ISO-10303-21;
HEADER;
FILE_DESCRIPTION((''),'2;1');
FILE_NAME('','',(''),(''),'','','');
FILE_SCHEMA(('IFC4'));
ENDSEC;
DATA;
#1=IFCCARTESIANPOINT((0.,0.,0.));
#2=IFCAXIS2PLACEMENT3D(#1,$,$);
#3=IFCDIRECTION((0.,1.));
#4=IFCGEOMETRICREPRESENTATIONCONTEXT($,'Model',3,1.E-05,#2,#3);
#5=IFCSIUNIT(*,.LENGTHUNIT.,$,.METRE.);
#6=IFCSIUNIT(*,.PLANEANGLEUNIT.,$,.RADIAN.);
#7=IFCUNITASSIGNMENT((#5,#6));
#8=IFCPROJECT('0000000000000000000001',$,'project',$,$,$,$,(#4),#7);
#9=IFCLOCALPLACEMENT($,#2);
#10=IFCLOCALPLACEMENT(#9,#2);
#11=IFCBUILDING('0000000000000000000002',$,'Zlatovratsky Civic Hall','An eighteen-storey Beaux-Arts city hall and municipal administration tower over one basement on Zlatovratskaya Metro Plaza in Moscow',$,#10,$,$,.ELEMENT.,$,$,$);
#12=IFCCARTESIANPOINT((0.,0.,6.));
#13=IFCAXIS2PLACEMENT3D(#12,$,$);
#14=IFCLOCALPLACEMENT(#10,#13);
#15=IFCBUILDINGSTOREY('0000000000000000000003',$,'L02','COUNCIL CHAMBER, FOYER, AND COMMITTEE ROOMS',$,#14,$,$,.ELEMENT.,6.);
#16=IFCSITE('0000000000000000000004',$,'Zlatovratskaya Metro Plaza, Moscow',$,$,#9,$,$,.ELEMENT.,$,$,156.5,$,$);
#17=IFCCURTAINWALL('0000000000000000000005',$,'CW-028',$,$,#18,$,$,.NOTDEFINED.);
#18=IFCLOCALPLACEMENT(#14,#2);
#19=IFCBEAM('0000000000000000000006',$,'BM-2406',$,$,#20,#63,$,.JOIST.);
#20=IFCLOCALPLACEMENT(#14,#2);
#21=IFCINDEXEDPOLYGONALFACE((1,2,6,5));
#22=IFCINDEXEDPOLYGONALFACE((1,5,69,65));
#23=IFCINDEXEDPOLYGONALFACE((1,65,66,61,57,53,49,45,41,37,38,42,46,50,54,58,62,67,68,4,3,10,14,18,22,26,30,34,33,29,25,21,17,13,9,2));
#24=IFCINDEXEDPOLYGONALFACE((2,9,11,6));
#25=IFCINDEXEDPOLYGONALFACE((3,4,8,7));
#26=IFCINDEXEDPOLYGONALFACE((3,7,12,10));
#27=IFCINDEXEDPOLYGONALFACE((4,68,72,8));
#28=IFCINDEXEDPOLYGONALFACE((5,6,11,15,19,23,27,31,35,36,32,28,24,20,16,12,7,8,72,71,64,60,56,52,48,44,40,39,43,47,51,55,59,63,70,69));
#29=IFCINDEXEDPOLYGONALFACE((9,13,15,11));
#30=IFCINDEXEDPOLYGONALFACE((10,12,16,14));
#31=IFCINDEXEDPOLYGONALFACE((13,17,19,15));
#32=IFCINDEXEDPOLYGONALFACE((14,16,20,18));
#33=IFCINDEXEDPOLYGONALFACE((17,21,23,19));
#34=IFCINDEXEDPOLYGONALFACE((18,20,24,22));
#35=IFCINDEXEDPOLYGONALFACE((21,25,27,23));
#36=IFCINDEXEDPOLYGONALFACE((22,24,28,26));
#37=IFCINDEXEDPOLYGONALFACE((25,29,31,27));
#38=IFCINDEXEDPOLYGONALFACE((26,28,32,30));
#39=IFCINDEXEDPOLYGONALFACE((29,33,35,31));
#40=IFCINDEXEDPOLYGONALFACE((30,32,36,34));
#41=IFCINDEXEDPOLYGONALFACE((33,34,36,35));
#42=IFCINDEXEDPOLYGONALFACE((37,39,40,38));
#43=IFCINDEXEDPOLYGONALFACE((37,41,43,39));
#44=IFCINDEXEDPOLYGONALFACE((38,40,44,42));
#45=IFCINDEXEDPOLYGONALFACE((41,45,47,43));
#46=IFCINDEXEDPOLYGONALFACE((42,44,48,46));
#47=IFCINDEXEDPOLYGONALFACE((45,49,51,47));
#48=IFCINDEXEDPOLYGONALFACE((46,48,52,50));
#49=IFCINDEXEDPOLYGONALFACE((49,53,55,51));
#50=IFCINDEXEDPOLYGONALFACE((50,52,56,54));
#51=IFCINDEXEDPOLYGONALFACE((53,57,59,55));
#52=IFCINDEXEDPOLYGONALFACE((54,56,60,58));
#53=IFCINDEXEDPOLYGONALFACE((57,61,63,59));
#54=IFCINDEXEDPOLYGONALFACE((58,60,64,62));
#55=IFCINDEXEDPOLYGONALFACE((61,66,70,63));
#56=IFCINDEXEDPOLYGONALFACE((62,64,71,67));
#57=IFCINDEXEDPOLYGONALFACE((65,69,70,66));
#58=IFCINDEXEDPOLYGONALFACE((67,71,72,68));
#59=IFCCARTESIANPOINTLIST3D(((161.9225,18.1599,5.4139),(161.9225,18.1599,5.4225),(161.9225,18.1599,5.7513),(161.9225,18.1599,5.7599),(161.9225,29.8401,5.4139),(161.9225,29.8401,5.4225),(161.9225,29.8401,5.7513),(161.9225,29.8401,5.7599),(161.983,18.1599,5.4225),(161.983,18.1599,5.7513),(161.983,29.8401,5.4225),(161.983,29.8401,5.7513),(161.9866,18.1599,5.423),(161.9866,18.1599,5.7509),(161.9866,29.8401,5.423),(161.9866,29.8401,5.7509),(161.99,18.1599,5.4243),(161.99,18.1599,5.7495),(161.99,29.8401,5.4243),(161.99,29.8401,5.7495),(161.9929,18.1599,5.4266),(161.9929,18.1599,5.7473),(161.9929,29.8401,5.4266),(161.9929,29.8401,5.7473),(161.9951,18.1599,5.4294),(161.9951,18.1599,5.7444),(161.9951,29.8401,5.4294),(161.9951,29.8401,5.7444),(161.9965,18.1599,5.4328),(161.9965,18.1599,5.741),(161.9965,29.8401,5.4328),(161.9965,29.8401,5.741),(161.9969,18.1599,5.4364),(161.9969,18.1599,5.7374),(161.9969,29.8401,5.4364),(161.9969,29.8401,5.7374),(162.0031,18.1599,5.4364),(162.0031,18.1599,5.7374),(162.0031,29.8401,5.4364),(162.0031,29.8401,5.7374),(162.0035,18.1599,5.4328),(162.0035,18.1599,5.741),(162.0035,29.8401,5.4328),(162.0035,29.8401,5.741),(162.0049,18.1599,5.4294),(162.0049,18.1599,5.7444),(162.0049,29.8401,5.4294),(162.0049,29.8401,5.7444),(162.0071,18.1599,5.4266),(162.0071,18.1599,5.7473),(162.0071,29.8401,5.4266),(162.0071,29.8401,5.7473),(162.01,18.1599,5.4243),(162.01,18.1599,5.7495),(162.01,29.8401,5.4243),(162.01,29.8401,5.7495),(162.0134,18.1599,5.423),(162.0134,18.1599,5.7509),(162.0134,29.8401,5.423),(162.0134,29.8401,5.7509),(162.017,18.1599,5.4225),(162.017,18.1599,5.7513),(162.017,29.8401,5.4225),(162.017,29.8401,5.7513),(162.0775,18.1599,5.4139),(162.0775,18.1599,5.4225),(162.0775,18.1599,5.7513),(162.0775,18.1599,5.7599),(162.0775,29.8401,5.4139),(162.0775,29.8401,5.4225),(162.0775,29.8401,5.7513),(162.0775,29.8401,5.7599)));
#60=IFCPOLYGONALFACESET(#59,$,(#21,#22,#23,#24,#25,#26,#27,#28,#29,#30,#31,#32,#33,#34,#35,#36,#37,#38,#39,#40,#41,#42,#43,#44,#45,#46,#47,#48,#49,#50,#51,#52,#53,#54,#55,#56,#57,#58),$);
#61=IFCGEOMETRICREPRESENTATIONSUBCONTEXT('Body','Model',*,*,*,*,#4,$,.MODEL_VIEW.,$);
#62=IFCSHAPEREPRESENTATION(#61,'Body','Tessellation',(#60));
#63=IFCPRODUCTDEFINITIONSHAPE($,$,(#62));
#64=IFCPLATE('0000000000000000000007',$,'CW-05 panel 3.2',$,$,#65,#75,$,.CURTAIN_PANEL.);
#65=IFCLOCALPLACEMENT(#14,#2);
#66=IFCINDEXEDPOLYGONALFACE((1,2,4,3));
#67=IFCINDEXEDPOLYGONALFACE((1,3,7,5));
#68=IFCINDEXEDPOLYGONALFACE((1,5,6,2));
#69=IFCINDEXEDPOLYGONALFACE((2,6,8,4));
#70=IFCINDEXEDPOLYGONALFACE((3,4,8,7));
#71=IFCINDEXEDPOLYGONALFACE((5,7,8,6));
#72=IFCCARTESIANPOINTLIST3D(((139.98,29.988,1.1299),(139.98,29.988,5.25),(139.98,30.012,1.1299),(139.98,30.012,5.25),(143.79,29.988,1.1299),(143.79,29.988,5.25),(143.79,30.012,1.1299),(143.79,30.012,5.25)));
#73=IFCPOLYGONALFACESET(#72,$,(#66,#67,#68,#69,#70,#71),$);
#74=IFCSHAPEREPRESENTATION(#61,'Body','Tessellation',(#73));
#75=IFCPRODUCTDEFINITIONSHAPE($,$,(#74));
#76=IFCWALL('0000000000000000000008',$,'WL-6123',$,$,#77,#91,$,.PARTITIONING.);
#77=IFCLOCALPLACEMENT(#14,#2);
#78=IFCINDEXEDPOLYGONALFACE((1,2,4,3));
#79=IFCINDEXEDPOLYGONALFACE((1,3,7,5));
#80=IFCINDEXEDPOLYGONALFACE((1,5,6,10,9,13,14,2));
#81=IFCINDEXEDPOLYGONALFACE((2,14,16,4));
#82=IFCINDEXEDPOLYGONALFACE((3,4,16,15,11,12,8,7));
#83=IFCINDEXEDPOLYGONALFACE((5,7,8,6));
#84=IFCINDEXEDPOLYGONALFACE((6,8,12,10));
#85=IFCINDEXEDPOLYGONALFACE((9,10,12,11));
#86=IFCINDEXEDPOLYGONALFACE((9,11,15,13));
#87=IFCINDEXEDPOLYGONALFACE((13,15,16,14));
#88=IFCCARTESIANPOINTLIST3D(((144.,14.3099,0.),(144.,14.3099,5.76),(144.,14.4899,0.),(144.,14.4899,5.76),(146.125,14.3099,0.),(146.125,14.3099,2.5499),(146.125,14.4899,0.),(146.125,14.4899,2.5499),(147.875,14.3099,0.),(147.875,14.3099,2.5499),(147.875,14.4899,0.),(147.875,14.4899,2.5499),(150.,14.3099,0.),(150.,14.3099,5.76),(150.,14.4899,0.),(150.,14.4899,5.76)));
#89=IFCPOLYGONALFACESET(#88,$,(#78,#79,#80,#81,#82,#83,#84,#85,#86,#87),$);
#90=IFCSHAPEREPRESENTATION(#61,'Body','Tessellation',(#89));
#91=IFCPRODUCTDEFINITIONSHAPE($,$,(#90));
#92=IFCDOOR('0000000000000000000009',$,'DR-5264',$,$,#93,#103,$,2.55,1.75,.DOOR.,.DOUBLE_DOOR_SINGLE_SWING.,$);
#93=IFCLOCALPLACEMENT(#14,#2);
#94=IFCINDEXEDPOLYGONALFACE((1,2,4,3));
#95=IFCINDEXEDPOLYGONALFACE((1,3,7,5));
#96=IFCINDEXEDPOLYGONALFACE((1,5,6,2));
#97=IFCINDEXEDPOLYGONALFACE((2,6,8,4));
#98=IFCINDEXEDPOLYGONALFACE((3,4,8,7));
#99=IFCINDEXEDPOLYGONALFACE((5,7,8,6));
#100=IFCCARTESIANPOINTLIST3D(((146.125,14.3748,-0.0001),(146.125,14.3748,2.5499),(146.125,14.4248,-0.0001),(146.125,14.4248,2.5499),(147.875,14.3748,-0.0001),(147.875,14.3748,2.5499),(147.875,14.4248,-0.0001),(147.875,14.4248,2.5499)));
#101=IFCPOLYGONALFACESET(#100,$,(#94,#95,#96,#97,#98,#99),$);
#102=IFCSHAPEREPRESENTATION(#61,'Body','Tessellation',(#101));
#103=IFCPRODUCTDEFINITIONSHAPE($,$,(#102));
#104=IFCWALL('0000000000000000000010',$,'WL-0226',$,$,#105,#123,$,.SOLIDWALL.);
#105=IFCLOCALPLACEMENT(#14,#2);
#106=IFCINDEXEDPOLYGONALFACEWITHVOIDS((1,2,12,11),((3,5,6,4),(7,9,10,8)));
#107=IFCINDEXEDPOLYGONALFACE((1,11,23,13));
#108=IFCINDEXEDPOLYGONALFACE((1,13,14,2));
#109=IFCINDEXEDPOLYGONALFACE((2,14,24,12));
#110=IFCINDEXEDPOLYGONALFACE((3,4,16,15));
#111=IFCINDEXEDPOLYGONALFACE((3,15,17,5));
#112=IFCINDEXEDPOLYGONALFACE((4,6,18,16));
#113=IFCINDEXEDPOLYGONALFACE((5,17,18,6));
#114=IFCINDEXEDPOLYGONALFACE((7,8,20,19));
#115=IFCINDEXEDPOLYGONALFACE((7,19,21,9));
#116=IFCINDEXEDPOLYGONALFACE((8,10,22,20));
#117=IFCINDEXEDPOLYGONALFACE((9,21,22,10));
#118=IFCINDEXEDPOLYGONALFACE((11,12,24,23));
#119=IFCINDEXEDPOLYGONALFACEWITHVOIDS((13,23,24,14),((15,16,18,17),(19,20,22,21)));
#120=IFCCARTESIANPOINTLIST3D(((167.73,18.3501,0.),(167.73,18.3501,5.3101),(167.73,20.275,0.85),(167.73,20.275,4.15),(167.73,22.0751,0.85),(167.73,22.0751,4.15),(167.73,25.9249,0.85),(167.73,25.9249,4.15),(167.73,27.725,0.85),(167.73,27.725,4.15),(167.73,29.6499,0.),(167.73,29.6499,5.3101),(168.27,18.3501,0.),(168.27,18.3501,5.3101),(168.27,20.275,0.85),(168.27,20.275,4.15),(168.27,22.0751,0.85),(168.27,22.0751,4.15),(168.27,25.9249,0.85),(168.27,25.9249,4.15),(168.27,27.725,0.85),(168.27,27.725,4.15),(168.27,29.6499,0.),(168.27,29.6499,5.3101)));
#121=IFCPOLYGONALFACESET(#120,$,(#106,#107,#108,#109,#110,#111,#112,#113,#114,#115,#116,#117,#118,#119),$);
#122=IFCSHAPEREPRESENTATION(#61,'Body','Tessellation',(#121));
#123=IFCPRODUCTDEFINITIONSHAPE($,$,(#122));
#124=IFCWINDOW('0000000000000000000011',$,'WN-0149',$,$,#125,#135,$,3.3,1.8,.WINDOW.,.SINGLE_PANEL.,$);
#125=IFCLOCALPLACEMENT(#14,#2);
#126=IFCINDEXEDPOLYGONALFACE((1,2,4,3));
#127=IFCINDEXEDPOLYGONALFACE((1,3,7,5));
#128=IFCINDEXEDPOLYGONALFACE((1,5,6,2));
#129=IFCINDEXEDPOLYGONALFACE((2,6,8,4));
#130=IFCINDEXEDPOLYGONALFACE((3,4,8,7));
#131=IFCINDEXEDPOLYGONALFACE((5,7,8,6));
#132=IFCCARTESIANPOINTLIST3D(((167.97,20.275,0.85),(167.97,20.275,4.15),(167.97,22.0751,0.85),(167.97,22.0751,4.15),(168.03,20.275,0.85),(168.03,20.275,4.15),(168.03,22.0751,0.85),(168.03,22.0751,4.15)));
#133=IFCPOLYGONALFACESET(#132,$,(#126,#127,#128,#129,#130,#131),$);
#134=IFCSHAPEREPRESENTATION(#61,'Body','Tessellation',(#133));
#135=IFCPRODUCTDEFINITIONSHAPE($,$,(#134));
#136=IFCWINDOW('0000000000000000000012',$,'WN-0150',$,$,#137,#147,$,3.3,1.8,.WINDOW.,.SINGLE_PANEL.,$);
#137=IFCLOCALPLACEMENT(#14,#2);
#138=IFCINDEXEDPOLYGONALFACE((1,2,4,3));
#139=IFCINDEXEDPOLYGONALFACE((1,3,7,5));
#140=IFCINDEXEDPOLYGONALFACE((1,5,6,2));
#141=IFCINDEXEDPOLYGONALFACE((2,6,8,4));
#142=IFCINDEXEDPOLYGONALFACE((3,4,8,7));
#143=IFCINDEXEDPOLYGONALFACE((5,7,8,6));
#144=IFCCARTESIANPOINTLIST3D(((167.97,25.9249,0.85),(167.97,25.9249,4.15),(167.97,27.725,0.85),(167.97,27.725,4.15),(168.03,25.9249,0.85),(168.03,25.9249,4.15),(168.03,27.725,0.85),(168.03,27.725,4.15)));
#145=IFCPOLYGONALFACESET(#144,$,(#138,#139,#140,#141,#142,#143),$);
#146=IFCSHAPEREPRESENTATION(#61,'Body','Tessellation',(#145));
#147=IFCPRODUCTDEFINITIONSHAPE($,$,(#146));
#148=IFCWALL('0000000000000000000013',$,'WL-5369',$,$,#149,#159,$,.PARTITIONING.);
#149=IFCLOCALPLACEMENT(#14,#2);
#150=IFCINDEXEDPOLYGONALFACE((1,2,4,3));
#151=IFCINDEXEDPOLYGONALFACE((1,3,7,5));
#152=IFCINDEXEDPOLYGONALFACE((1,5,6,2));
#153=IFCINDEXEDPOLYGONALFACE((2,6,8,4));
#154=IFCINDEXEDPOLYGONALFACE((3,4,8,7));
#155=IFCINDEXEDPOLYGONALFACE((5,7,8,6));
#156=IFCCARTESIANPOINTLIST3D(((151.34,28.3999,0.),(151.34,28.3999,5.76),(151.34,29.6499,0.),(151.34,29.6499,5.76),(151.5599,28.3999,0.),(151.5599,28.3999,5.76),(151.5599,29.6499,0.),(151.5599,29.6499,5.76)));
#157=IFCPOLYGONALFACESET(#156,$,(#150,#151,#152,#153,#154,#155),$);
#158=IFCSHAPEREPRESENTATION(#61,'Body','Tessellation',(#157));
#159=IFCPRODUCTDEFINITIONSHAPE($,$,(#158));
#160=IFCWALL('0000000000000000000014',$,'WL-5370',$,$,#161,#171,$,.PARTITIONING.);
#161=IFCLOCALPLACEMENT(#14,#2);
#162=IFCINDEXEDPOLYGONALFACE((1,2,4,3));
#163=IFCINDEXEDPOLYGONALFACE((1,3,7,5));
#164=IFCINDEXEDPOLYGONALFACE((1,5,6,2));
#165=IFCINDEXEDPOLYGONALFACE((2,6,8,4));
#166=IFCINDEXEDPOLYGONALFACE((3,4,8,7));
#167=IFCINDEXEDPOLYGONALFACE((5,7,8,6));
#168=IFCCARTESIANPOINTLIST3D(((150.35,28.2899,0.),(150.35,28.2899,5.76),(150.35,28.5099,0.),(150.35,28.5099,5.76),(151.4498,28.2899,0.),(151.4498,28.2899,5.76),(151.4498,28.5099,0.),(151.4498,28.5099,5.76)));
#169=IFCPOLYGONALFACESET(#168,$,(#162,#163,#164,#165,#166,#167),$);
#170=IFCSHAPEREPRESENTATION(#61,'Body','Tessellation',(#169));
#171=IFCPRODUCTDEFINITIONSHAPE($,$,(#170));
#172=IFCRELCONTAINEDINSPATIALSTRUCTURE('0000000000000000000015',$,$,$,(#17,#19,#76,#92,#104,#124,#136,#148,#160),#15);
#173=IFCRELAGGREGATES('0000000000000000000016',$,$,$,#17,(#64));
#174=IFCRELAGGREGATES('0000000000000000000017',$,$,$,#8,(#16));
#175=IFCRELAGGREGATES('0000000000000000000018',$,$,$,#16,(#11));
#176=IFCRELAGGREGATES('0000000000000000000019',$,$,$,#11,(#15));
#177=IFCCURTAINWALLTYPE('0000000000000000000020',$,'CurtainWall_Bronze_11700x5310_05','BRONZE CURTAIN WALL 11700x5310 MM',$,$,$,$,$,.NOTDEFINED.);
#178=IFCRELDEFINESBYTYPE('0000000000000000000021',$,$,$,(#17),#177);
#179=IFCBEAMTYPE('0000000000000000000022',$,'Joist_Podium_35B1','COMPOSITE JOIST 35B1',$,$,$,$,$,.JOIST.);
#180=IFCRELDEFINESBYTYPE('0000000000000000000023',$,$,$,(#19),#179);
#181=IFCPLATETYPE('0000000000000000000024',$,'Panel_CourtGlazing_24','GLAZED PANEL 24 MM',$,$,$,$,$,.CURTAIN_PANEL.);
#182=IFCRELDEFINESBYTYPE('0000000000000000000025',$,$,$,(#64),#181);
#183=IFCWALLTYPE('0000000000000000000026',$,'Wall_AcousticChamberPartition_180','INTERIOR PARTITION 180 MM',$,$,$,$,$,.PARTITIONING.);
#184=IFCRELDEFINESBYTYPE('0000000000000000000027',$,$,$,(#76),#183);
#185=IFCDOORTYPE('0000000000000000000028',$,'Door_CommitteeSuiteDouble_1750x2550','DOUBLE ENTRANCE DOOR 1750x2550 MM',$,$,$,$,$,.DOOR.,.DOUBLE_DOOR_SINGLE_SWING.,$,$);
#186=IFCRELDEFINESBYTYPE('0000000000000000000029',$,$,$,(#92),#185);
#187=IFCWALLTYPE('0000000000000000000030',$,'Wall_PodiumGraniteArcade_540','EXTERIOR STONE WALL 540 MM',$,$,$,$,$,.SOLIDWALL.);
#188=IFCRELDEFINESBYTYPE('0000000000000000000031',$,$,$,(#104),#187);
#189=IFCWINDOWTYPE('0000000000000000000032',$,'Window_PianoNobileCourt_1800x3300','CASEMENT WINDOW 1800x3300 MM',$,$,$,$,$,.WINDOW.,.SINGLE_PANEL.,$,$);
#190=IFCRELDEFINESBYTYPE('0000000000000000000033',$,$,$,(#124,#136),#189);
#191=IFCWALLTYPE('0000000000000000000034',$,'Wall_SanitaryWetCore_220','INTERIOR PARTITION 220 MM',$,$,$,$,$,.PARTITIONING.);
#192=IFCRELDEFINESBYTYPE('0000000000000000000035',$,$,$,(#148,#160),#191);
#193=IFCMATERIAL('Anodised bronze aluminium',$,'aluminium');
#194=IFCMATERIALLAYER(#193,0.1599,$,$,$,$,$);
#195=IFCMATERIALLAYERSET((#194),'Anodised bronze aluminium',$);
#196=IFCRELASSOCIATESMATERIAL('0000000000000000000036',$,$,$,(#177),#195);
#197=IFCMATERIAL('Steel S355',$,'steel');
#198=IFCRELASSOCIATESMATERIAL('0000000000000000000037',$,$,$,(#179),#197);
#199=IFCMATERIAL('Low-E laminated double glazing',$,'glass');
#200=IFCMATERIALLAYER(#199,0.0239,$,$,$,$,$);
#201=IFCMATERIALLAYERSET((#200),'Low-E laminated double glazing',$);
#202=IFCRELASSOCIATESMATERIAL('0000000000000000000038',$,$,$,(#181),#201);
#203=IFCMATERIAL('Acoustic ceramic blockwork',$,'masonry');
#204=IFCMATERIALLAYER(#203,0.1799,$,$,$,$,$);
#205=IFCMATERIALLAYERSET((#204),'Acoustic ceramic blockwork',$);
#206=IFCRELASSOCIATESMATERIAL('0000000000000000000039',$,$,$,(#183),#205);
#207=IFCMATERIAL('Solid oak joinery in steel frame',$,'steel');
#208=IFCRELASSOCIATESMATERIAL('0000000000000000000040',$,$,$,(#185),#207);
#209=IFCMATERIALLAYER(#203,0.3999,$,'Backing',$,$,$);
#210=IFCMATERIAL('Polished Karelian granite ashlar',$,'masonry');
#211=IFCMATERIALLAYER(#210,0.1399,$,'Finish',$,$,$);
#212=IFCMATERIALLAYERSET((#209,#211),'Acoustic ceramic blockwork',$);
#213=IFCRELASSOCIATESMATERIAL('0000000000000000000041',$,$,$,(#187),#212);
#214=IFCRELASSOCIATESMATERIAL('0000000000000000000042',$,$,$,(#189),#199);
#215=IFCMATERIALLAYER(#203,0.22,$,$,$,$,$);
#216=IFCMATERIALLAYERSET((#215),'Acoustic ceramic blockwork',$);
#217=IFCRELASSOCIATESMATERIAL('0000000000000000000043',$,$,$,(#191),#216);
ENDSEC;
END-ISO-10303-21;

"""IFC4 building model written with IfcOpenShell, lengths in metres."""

from ifc_helpers import new_model, si_unit, direction, frame, frame_2d, origin, origin_2d, place, context, subcontext, project, spatial, rectangle, i_section, extrude, material, layer, layer_set, material_profile, profile_set, type_object, element, fill, aggregate, save


model = new_model("IFC4")

# Units and contexts
model_context = context("Model", 3, precision=1e-05, world=origin(), true_north=direction((0.0, 1.0)))
body_context = subcontext(model_context, "Body", "Model", "MODEL_VIEW")
ifc_project = project(units=[si_unit("LENGTHUNIT", "METRE"), si_unit("PLANEANGLEUNIT", "RADIAN")], contexts=[model_context])

# Site, building, storey
site_placement = place(None, origin())
site = spatial("IfcSite", under=ifc_project, at=site_placement, Name="Zlatovratskaya Metro Plaza, Moscow", CompositionType="ELEMENT", RefElevation=156.5)
building_placement = place(site_placement, origin())
building = spatial("IfcBuilding", under=site, at=building_placement, Name="Zlatovratsky Civic Hall", Description="An eighteen-storey Beaux-Arts city hall and municipal administration tower over one basement on Zlatovratskaya Metro Plaza in Moscow", CompositionType="ELEMENT")
storey_placement = place(building_placement, frame((0.0, 0.0, 6.0)))
storey = spatial("IfcBuildingStorey", under=building, at=storey_placement, Name="L02", Description="COUNCIL CHAMBER, FOYER, AND COMMITTEE ROOMS", CompositionType="ELEMENT", Elevation=6.0)

# Shared definitions
ifc_material_1 = material(Name="Steel S355", Category="steel")

# Curtain wall
ifc_material_2 = material(Name="Anodised bronze aluminium", Category="aluminium")
ifc_layer_1 = layer(ifc_material_2, 0.1599)
ifc_layer_set_1 = layer_set([ifc_layer_1], Name="Anodised bronze aluminium")
curtain_wall_type = type_object("IfcCurtainWallType", Name="CurtainWall_Bronze_11700x5310_05", Description="BRONZE CURTAIN WALL 11700x5310 MM", PredefinedType="NOTDEFINED", material=ifc_layer_set_1)
curtain_wall_placement = place(storey_placement, origin())
curtain_wall = element("IfcCurtainWall", 1, at=curtain_wall_placement, inside=storey, type_object=curtain_wall_type, Name="CW-028", PredefinedType="NOTDEFINED")

# Beam
ifc_material_profile_1 = material_profile(ifc_material_1, i_section(OverallWidth=0.155, OverallDepth=0.3459, WebThickness=0.0061, FlangeThickness=0.0085, FilletRadius=0.0139, at=origin_2d()), Name="35B1")
ifc_profile_set_1 = profile_set([ifc_material_profile_1], Name="Steel S355")
beam_type_1 = type_object("IfcBeamType", Name="Joist_Podium_35B1", Description="COMPOSITE JOIST 35B1", PredefinedType="JOIST", material=ifc_profile_set_1)
beam_1_placement = place(storey_placement, frame((162.0, 18.1599, 5.5869), z_axis=(0.0, 1.0, 0.0), x_axis=(-1.0, 0.0, 0.0)))
element("IfcBeam", 2, at=beam_1_placement, inside=storey, type_object=beam_type_1, Name="BM-2406", PredefinedType="JOIST", context=body_context, shape_type="SweptSolid", body=[
    extrude(i_section(OverallWidth=0.155, OverallDepth=0.3459, WebThickness=0.0061, FlangeThickness=0.0085, FilletRadius=0.0139, at=origin_2d()), origin(), (0.0, 0.0, 1.0), 11.6802),
])

# Plate
ifc_material_3 = material(Name="Low-E laminated double glazing", Category="glass")
ifc_layer_2 = layer(ifc_material_3, 0.0239)
ifc_layer_set_2 = layer_set([ifc_layer_2], Name="Low-E laminated double glazing")
plate_type = type_object("IfcPlateType", Name="Panel_CourtGlazing_24", Description="GLAZED PANEL 24 MM", PredefinedType="CURTAIN_PANEL", material=ifc_layer_set_2)
plate_placement = place(storey_placement, frame((141.885, 30.0, 1.1299), z_axis=(0.0, 0.0, 1.0), x_axis=(1.0, 0.0, 0.0)))
plate = element("IfcPlate", 3, at=plate_placement, type_object=plate_type, Name="CW-05 panel 3.2", PredefinedType="CURTAIN_PANEL", context=body_context, shape_type="SweptSolid", body=[
    extrude(rectangle(XDim=3.8101, YDim=0.0239, at=origin_2d()), origin(), (0.0, 0.0, 1.0), 4.1201),
])
aggregate(curtain_wall, [plate])

# Wall, opening, door
ifc_material_4 = material(Name="Acoustic ceramic blockwork", Category="masonry")
ifc_layer_3 = layer(ifc_material_4, 0.1799)
ifc_layer_set_3 = layer_set([ifc_layer_3], Name="Acoustic ceramic blockwork")
wall_type_1 = type_object("IfcWallType", Name="Wall_AcousticChamberPartition_180", Description="INTERIOR PARTITION 180 MM", PredefinedType="PARTITIONING", material=ifc_layer_set_3)
wall_1_placement = place(storey_placement, frame((144.0, 14.3999, 0.0), z_axis=(0.0, 0.0, 1.0), x_axis=(1.0, 0.0, 0.0)))
wall_1 = element("IfcWall", 4, at=wall_1_placement, inside=storey, type_object=wall_type_1, Name="WL-6123", PredefinedType="PARTITIONING", context=body_context, shape_type="SweptSolid", body=[
    extrude(rectangle(XDim=6.0, YDim=0.1799, at=frame_2d((3.0, 0.0))), origin(), (0.0, 0.0, 1.0), 5.76),
])
opening_1_placement = place(wall_1_placement, frame((2.125, 0.0, 0.0)))
opening_1 = element("IfcOpeningElement", 5, at=opening_1_placement, cuts=wall_1, PredefinedType="OPENING", context=body_context, shape_type="SweptSolid", body=[
    extrude(rectangle(XDim=1.75, YDim=2.55, at=frame_2d((0.875, 1.2749))), frame((0.0, 0.105, 0.0), z_axis=(0.0, -1.0, 0.0), x_axis=(1.0, 0.0, 0.0)), (0.0, 0.0, 1.0), 0.2097),
])
ifc_material_5 = material(Name="Solid oak joinery in steel frame", Category="steel")
door_type_1 = type_object("IfcDoorType", Name="Door_CommitteeSuiteDouble_1750x2550", Description="DOUBLE ENTRANCE DOOR 1750x2550 MM", OperationType="DOUBLE_DOOR_SINGLE_SWING", PredefinedType="DOOR", material=ifc_material_5)
door_1_placement = place(opening_1_placement, origin())
door_1 = element("IfcDoor", 6, at=door_1_placement, inside=storey, type_object=door_type_1, Name="DR-5264", OperationType="DOUBLE_DOOR_SINGLE_SWING", OverallHeight=2.55, OverallWidth=1.75, PredefinedType="DOOR", context=body_context, shape_type="SweptSolid", body=[
    extrude(rectangle(XDim=1.75, YDim=2.55, at=frame_2d((0.875, 1.2749))), frame((0.0, 0.0249, 0.0), z_axis=(0.0, -1.0, 0.0), x_axis=(1.0, 0.0, 0.0)), (0.0, 0.0, 1.0), 0.05),
])
fill(opening_1, door_1)

# Wall, openings, windows
ifc_layer_4 = layer(ifc_material_4, 0.3999, Name="Backing")
ifc_material_6 = material(Name="Polished Karelian granite ashlar", Category="masonry")
ifc_layer_5 = layer(ifc_material_6, 0.1399, Name="Finish")
ifc_layer_set_4 = layer_set([ifc_layer_4, ifc_layer_5], Name="Acoustic ceramic blockwork")
wall_type_2 = type_object("IfcWallType", Name="Wall_PodiumGraniteArcade_540", Description="EXTERIOR STONE WALL 540 MM", PredefinedType="SOLIDWALL", material=ifc_layer_set_4)
wall_2_placement = place(storey_placement, frame((168.0, 18.3501, 0.0), z_axis=(0.0, 0.0, 1.0), x_axis=(0.0, 1.0, 0.0)))
wall_2 = element("IfcWall", 7, at=wall_2_placement, inside=storey, type_object=wall_type_2, Name="WL-0226", PredefinedType="SOLIDWALL", context=body_context, shape_type="SweptSolid", body=[
    extrude(rectangle(XDim=11.2998, YDim=0.54, at=frame_2d((5.6499, 0.0))), origin(), (0.0, 0.0, 1.0), 5.3101),
])
opening_2_placement = place(wall_2_placement, frame((1.925, 0.0, 0.8501)))
opening_2 = element("IfcOpeningElement", 8, at=opening_2_placement, cuts=wall_2, PredefinedType="OPENING", context=body_context, shape_type="SweptSolid", body=[
    extrude(rectangle(XDim=1.8, YDim=3.3, at=frame_2d((0.8999, 1.6499))), frame((0.0, 0.2849, 0.0), z_axis=(0.0, -1.0, 0.0), x_axis=(1.0, 0.0, 0.0)), (0.0, 0.0, 1.0), 0.5698),
])
opening_3_placement = place(wall_2_placement, frame((7.575, 0.0, 0.8501)))
opening_3 = element("IfcOpeningElement", 9, at=opening_3_placement, cuts=wall_2, PredefinedType="OPENING", context=body_context, shape_type="SweptSolid", body=[
    extrude(rectangle(XDim=1.8, YDim=3.3, at=frame_2d((0.8999, 1.6499))), frame((0.0, 0.2849, 0.0), z_axis=(0.0, -1.0, 0.0), x_axis=(1.0, 0.0, 0.0)), (0.0, 0.0, 1.0), 0.5698),
])
window_type = type_object("IfcWindowType", Name="Window_PianoNobileCourt_1800x3300", Description="CASEMENT WINDOW 1800x3300 MM", PartitioningType="SINGLE_PANEL", PredefinedType="WINDOW", material=ifc_material_3)
window_1_placement = place(opening_2_placement, origin())
window_1 = element("IfcWindow", 10, at=window_1_placement, inside=storey, type_object=window_type, Name="WN-0149", OverallHeight=3.3, OverallWidth=1.8, PartitioningType="SINGLE_PANEL", PredefinedType="WINDOW", context=body_context, shape_type="SweptSolid", body=[
    extrude(rectangle(XDim=1.8, YDim=3.3, at=frame_2d((0.8999, 1.6499))), frame((0.0, 0.03, 0.0), z_axis=(0.0, -1.0, 0.0), x_axis=(1.0, 0.0, 0.0)), (0.0, 0.0, 1.0), 0.0601),
])
fill(opening_2, window_1)
window_2_placement = place(opening_3_placement, origin())
window_2 = element("IfcWindow", 11, at=window_2_placement, inside=storey, type_object=window_type, Name="WN-0150", OverallHeight=3.3, OverallWidth=1.8, PartitioningType="SINGLE_PANEL", PredefinedType="WINDOW", context=body_context, shape_type="SweptSolid", body=[
    extrude(rectangle(XDim=1.8, YDim=3.3, at=frame_2d((0.8999, 1.6499))), frame((0.0, 0.03, 0.0), z_axis=(0.0, -1.0, 0.0), x_axis=(1.0, 0.0, 0.0)), (0.0, 0.0, 1.0), 0.0601),
])
fill(opening_3, window_2)

# Walls
ifc_layer_6 = layer(ifc_material_4, 0.22)
ifc_layer_set_5 = layer_set([ifc_layer_6], Name="Acoustic ceramic blockwork")
wall_type_3 = type_object("IfcWallType", Name="Wall_SanitaryWetCore_220", Description="INTERIOR PARTITION 220 MM", PredefinedType="PARTITIONING", material=ifc_layer_set_5)
wall_3_placement = place(storey_placement, frame((151.45, 28.3999, 0.0), z_axis=(0.0, 0.0, 1.0), x_axis=(0.0, 1.0, 0.0)))
element("IfcWall", 12, at=wall_3_placement, inside=storey, type_object=wall_type_3, Name="WL-5369", PredefinedType="PARTITIONING", context=body_context, shape_type="SweptSolid", body=[
    extrude(rectangle(XDim=1.25, YDim=0.22, at=frame_2d((0.625, 0.0))), origin(), (0.0, 0.0, 1.0), 5.76),
])
wall_4_placement = place(storey_placement, frame((150.3501, 28.3999, 0.0), z_axis=(0.0, 0.0, 1.0), x_axis=(1.0, 0.0, 0.0)))
element("IfcWall", 13, at=wall_4_placement, inside=storey, type_object=wall_type_3, Name="WL-5370", PredefinedType="PARTITIONING", context=body_context, shape_type="SweptSolid", body=[
    extrude(rectangle(XDim=1.0999, YDim=0.22, at=frame_2d((0.5498, 0.0))), origin(), (0.0, 0.0, 1.0), 5.76),
])

save(model, "model.ifc")
